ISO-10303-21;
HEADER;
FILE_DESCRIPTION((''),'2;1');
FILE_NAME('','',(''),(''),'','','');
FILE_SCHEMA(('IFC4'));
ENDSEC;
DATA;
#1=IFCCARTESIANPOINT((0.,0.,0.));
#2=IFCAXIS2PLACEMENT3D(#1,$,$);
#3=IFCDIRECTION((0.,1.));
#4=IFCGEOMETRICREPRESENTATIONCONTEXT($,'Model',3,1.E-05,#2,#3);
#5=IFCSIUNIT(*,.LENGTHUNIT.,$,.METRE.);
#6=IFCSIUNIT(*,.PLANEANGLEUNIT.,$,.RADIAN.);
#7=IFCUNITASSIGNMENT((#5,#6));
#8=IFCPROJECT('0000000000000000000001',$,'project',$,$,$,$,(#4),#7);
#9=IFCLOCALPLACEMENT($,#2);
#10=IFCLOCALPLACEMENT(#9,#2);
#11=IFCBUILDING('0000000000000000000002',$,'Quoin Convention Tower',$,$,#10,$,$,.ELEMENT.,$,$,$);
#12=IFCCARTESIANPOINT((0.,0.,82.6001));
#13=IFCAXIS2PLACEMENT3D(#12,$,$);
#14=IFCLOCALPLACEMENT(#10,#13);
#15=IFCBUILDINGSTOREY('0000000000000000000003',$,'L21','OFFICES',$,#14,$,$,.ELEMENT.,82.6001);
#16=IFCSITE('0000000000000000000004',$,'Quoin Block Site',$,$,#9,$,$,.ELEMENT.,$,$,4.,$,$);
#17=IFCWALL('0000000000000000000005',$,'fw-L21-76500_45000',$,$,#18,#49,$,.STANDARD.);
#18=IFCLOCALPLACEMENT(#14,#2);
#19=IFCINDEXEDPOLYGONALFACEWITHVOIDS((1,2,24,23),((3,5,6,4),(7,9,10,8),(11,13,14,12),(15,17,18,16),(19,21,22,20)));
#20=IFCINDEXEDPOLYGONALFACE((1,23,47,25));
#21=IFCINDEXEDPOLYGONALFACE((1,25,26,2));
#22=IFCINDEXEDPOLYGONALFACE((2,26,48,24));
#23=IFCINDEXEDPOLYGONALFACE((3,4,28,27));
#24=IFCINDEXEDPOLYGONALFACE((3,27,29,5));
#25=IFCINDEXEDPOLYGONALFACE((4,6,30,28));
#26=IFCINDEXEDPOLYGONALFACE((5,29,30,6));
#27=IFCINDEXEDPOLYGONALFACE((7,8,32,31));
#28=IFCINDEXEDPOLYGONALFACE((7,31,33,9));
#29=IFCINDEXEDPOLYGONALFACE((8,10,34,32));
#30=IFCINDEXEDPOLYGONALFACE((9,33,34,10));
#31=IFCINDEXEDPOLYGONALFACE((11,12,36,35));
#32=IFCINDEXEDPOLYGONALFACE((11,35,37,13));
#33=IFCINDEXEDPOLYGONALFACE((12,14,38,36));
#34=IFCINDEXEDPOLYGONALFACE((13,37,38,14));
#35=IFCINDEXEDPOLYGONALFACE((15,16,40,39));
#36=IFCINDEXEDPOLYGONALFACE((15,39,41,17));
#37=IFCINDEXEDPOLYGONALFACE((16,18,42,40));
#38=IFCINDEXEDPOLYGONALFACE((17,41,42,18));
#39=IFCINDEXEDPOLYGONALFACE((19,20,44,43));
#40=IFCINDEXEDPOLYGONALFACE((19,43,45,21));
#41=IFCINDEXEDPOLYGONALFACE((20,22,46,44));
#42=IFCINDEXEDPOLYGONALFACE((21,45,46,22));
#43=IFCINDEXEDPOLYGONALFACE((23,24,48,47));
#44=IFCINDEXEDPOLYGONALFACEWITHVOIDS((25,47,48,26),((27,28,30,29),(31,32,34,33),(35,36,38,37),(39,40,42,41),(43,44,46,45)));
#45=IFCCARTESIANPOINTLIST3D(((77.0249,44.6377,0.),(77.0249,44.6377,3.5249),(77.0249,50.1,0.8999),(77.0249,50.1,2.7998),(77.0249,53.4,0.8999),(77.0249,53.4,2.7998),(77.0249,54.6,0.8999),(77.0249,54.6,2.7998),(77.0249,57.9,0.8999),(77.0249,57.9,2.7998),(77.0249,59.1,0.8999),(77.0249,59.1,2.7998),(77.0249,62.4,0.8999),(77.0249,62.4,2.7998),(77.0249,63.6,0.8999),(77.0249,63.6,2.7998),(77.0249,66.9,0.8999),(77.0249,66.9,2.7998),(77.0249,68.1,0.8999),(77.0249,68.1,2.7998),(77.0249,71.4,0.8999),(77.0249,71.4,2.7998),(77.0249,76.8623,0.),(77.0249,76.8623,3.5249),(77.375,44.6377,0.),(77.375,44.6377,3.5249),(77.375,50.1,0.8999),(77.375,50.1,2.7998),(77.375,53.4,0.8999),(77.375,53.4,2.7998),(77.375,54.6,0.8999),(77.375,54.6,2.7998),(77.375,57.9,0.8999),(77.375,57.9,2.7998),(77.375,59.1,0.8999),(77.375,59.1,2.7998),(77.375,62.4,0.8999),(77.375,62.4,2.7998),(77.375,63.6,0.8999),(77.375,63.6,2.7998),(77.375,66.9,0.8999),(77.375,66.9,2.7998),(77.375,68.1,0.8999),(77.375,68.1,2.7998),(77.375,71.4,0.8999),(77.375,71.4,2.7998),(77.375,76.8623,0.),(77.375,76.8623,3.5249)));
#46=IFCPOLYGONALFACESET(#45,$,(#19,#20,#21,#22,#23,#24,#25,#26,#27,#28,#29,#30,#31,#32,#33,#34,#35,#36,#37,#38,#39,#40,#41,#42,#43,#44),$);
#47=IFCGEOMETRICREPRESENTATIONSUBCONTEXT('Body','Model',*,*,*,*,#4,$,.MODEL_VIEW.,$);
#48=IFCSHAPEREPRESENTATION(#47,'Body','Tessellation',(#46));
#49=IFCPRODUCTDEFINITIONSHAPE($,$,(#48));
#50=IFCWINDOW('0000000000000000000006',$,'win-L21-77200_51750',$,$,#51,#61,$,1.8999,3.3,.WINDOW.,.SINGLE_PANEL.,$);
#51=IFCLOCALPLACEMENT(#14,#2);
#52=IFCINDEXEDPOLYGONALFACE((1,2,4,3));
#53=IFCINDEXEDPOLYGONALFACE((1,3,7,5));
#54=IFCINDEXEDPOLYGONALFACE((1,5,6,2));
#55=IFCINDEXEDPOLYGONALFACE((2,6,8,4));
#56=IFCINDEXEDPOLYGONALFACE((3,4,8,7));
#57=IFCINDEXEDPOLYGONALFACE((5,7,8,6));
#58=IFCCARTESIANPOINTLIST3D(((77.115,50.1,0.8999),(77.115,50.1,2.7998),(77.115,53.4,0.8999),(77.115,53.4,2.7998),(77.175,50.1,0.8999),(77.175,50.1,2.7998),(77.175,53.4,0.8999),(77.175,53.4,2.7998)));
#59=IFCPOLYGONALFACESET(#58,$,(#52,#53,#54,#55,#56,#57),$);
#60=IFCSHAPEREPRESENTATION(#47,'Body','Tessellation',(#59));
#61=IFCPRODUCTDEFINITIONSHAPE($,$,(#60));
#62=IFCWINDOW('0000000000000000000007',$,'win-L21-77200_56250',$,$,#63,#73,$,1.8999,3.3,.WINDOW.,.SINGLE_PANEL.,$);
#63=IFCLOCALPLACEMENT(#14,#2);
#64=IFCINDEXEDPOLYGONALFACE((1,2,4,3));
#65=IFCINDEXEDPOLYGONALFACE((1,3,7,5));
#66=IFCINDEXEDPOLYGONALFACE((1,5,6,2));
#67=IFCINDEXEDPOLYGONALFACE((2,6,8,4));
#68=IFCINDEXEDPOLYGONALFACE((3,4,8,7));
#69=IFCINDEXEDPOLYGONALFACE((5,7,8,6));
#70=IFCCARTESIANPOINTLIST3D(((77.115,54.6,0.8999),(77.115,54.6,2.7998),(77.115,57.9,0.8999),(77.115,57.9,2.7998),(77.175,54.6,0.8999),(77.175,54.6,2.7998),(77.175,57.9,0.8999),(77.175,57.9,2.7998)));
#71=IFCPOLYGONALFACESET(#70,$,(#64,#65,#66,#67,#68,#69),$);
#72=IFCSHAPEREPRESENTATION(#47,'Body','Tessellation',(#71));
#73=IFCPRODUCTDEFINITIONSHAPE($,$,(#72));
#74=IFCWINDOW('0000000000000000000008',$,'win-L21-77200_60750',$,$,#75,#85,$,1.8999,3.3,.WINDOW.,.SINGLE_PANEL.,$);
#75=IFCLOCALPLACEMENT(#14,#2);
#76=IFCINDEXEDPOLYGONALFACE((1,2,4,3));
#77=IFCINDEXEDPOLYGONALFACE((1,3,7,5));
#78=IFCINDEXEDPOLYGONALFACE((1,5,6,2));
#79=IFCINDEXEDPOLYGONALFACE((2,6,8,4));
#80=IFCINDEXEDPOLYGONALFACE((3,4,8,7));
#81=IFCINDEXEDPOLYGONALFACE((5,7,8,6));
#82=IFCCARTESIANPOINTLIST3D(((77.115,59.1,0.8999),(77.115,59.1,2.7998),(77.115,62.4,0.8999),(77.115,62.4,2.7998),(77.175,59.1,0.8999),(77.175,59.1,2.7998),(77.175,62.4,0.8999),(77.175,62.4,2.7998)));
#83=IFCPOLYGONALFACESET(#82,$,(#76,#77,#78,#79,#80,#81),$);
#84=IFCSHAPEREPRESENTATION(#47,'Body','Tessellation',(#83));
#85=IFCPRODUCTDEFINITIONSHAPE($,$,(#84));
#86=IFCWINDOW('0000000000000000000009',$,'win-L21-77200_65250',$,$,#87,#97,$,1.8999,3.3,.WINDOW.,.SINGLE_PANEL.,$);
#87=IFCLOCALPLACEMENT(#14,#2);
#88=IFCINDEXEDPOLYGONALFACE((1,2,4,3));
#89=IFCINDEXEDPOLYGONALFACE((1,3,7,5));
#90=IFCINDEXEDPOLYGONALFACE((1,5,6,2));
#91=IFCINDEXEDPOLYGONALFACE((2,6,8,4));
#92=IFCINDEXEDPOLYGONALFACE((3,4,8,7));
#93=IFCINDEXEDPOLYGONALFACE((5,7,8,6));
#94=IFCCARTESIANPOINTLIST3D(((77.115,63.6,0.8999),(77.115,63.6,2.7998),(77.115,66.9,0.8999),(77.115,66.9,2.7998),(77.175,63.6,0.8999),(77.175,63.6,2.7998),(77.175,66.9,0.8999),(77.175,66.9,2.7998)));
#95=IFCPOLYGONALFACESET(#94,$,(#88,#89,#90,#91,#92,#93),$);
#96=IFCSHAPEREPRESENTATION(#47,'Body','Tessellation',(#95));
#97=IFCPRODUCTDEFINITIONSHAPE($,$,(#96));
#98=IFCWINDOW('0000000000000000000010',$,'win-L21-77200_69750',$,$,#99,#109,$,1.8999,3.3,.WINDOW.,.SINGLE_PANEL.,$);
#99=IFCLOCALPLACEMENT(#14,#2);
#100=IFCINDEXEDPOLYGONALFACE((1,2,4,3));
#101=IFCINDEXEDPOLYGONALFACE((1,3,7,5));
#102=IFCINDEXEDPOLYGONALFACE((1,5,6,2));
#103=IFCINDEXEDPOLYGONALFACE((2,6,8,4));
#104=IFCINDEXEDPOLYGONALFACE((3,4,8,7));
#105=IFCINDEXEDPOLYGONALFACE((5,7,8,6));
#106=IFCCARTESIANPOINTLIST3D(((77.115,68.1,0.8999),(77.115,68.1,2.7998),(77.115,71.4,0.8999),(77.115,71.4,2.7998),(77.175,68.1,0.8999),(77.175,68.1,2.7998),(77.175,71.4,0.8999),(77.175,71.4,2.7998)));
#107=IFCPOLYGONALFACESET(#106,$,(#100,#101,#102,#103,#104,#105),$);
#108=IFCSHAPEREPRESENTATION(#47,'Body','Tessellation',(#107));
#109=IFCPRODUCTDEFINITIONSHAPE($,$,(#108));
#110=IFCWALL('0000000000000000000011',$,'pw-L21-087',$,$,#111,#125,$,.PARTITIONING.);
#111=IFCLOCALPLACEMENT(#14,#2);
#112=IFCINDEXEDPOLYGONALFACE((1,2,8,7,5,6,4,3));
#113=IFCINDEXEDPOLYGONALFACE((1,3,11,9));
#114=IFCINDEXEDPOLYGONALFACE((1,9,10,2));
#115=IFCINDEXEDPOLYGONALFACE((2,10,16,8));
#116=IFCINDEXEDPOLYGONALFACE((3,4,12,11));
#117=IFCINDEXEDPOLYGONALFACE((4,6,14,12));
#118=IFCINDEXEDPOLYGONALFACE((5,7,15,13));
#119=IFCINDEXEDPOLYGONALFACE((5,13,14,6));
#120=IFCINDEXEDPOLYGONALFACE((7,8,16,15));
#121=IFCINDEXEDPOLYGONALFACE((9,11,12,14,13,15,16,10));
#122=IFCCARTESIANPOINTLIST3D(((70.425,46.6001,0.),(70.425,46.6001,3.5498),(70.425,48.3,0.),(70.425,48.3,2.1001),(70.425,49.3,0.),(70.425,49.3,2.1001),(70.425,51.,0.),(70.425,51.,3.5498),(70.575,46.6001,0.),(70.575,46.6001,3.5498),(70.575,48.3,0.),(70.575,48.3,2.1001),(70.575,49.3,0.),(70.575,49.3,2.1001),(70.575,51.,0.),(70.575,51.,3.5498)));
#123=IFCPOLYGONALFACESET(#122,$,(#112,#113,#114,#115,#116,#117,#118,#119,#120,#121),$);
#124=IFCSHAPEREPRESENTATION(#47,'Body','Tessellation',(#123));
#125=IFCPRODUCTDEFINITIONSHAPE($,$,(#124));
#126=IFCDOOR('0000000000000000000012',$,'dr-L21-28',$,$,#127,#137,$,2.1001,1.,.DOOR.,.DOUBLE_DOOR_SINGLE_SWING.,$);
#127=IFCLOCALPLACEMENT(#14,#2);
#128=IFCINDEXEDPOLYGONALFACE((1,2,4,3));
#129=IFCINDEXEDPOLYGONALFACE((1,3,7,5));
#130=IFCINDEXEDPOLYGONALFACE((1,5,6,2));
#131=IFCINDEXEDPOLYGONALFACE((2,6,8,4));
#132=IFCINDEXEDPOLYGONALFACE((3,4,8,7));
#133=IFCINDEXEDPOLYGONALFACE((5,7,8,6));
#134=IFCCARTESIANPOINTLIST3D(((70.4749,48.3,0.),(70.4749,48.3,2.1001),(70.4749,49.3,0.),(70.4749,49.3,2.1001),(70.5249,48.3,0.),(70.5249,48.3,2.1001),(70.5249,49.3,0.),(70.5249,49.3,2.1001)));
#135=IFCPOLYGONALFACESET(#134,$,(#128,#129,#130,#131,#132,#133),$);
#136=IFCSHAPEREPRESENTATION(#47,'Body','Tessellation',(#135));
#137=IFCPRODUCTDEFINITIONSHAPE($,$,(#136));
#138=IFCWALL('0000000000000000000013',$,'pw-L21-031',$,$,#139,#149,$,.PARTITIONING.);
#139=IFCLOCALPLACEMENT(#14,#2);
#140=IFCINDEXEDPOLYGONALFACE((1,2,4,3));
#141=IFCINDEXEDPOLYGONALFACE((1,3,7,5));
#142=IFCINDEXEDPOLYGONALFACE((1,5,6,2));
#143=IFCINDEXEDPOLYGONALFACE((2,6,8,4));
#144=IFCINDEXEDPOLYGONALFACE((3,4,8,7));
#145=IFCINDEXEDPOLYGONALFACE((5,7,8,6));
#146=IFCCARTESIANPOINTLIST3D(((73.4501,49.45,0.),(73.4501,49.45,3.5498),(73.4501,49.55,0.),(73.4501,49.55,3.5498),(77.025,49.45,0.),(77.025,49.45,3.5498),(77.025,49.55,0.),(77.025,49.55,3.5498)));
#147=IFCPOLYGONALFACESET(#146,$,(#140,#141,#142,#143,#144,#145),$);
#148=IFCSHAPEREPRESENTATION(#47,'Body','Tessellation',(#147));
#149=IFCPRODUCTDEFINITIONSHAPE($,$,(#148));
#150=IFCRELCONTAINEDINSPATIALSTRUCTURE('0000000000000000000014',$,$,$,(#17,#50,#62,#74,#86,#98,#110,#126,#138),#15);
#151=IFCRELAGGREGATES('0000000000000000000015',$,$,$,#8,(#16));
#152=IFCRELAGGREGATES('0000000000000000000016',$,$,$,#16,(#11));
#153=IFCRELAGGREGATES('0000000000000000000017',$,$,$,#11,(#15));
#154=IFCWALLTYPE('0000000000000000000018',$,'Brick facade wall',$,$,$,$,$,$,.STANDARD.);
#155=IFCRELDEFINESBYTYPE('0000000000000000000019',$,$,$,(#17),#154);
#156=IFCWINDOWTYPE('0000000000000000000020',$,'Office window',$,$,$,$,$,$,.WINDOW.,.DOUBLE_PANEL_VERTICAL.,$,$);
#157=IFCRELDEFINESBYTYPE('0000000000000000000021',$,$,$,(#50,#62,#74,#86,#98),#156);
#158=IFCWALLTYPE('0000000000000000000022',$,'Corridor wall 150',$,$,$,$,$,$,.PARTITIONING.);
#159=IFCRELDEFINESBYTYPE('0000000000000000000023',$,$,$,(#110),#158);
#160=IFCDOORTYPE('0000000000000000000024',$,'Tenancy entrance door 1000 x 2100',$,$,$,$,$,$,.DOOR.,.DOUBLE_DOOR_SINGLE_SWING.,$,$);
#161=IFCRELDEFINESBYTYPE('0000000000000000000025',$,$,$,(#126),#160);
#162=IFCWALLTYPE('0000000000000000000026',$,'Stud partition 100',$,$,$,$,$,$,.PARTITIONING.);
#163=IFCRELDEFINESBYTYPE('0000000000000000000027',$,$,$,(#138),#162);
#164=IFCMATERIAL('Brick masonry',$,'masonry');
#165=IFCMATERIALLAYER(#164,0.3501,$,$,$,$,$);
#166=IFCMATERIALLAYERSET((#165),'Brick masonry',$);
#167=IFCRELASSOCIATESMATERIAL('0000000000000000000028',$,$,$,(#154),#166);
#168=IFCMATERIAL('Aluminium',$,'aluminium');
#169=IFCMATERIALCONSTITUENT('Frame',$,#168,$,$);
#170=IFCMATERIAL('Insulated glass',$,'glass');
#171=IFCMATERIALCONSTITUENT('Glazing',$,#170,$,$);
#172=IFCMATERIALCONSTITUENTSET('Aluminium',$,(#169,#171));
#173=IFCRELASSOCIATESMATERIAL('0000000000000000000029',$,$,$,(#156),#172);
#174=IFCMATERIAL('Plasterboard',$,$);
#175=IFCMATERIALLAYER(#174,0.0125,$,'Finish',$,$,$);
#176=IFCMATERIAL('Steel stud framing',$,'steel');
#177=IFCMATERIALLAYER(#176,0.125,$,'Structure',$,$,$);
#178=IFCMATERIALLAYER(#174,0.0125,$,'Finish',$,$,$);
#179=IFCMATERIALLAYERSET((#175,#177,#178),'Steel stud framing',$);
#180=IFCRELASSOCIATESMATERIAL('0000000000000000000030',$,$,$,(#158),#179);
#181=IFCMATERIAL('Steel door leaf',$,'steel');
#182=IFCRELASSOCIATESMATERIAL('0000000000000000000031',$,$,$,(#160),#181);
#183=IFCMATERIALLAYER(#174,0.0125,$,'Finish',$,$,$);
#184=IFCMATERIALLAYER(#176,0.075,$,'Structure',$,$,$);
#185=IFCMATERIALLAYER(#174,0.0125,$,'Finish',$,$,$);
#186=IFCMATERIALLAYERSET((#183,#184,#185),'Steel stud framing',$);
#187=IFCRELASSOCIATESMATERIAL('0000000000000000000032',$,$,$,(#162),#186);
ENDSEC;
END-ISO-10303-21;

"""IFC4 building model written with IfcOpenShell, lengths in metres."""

from ifc_helpers import new_model, si_unit, direction, frame, frame_2d, origin, place, context, subcontext, project, spatial, rectangle, extrude, material, layer, layer_set, constituent, constituent_set, type_object, element, fill, save


model = new_model("IFC4")

# Units and contexts
model_context = context("Model", 3, precision=1e-05, world=origin(), true_north=direction((0.0, 1.0)))
body_context = subcontext(model_context, "Body", "Model", "MODEL_VIEW")
ifc_project = project(units=[si_unit("LENGTHUNIT", "METRE"), si_unit("PLANEANGLEUNIT", "RADIAN")], contexts=[model_context])

# Site, building, storey
site_placement = place(None, origin())
site = spatial("IfcSite", under=ifc_project, at=site_placement, Name="Quoin Block Site", CompositionType="ELEMENT", RefElevation=4.0)
building_placement = place(site_placement, origin())
building = spatial("IfcBuilding", under=site, at=building_placement, Name="Quoin Convention Tower", CompositionType="ELEMENT")
storey_placement = place(building_placement, frame((0.0, 0.0, 82.6001)))
storey = spatial("IfcBuildingStorey", under=building, at=storey_placement, Name="L21", Description="OFFICES", CompositionType="ELEMENT", Elevation=82.6001)

# Wall, openings, windows
ifc_material_1 = material(Name="Brick masonry", Category="masonry")
ifc_layer_1 = layer(ifc_material_1, 0.3501)
ifc_layer_set_1 = layer_set([ifc_layer_1], Name="Brick masonry")
wall_type_1 = type_object("IfcWallType", Name="Brick facade wall", PredefinedType="STANDARD", material=ifc_layer_set_1)
wall_1_placement = place(storey_placement, frame((77.2, 44.6377, 0.0), z_axis=(0.0, 0.0, 1.0), x_axis=(0.0, 1.0, 0.0)))
wall_1 = element("IfcWall", 1, at=wall_1_placement, inside=storey, type_object=wall_type_1, Name="fw-L21-76500_45000", PredefinedType="STANDARD", context=body_context, shape_type="SweptSolid", body=[
    extrude(rectangle(XDim=32.2246, YDim=0.3501, at=frame_2d((16.1123, 0.0))), origin(), (0.0, 0.0, 1.0), 3.5249),
])
opening_1_placement = place(wall_1_placement, frame((5.4624, 0.0, 0.8999)))
opening_1 = element("IfcOpeningElement", 2, at=opening_1_placement, cuts=wall_1, PredefinedType="OPENING", context=body_context, shape_type="SweptSolid", body=[
    extrude(rectangle(XDim=3.3, YDim=1.8999, at=frame_2d((1.6499, 0.95))), frame((0.0, 0.1851, 0.0), z_axis=(0.0, -1.0, 0.0), x_axis=(1.0, 0.0, 0.0)), (0.0, 0.0, 1.0), 0.3701),
])
opening_2_placement = place(wall_1_placement, frame((9.9624, 0.0, 0.8999)))
opening_2 = element("IfcOpeningElement", 3, at=opening_2_placement, cuts=wall_1, PredefinedType="OPENING", context=body_context, shape_type="SweptSolid", body=[
    extrude(rectangle(XDim=3.3, YDim=1.8999, at=frame_2d((1.6499, 0.95))), frame((0.0, 0.1851, 0.0), z_axis=(0.0, -1.0, 0.0), x_axis=(1.0, 0.0, 0.0)), (0.0, 0.0, 1.0), 0.3701),
])
opening_3_placement = place(wall_1_placement, frame((14.4624, 0.0, 0.8999)))
opening_3 = element("IfcOpeningElement", 4, at=opening_3_placement, cuts=wall_1, PredefinedType="OPENING", context=body_context, shape_type="SweptSolid", body=[
    extrude(rectangle(XDim=3.3, YDim=1.8999, at=frame_2d((1.6499, 0.95))), frame((0.0, 0.1851, 0.0), z_axis=(0.0, -1.0, 0.0), x_axis=(1.0, 0.0, 0.0)), (0.0, 0.0, 1.0), 0.3701),
])
opening_4_placement = place(wall_1_placement, frame((18.9624, 0.0, 0.8999)))
opening_4 = element("IfcOpeningElement", 5, at=opening_4_placement, cuts=wall_1, PredefinedType="OPENING", context=body_context, shape_type="SweptSolid", body=[
    extrude(rectangle(XDim=3.3, YDim=1.8999, at=frame_2d((1.6499, 0.95))), frame((0.0, 0.1851, 0.0), z_axis=(0.0, -1.0, 0.0), x_axis=(1.0, 0.0, 0.0)), (0.0, 0.0, 1.0), 0.3701),
])
opening_5_placement = place(wall_1_placement, frame((23.4624, 0.0, 0.8999)))
opening_5 = element("IfcOpeningElement", 6, at=opening_5_placement, cuts=wall_1, PredefinedType="OPENING", context=body_context, shape_type="SweptSolid", body=[
    extrude(rectangle(XDim=3.3, YDim=1.8999, at=frame_2d((1.6499, 0.95))), frame((0.0, 0.1851, 0.0), z_axis=(0.0, -1.0, 0.0), x_axis=(1.0, 0.0, 0.0)), (0.0, 0.0, 1.0), 0.3701),
])
ifc_material_2 = material(Name="Aluminium", Category="aluminium")
ifc_constituent_1 = constituent(ifc_material_2, Name="Frame")
ifc_material_3 = material(Name="Insulated glass", Category="glass")
ifc_constituent_2 = constituent(ifc_material_3, Name="Glazing")
ifc_constituent_set = constituent_set(constituents=[ifc_constituent_1, ifc_constituent_2], Name="Aluminium")
window_type = type_object("IfcWindowType", Name="Office window", PartitioningType="DOUBLE_PANEL_VERTICAL", PredefinedType="WINDOW", material=ifc_constituent_set)
window_1_placement = place(opening_1_placement, origin())
window_1 = element("IfcWindow", 7, at=window_1_placement, inside=storey, type_object=window_type, Name="win-L21-77200_51750", OverallHeight=1.8999, OverallWidth=3.3, PartitioningType="SINGLE_PANEL", PredefinedType="WINDOW", context=body_context, shape_type="SweptSolid", body=[
    extrude(rectangle(XDim=3.3, YDim=1.8999, at=frame_2d((1.6499, 0.95))), frame((0.0, 0.085, 0.0), z_axis=(0.0, -1.0, 0.0), x_axis=(1.0, 0.0, 0.0)), (0.0, 0.0, 1.0), 0.0601),
])
fill(opening_1, window_1)
window_2_placement = place(opening_2_placement, origin())
window_2 = element("IfcWindow", 8, at=window_2_placement, inside=storey, type_object=window_type, Name="win-L21-77200_56250", OverallHeight=1.8999, OverallWidth=3.3, PartitioningType="SINGLE_PANEL", PredefinedType="WINDOW", context=body_context, shape_type="SweptSolid", body=[
    extrude(rectangle(XDim=3.3, YDim=1.8999, at=frame_2d((1.6499, 0.95))), frame((0.0, 0.085, 0.0), z_axis=(0.0, -1.0, 0.0), x_axis=(1.0, 0.0, 0.0)), (0.0, 0.0, 1.0), 0.0601),
])
fill(opening_2, window_2)
window_3_placement = place(opening_3_placement, origin())
window_3 = element("IfcWindow", 9, at=window_3_placement, inside=storey, type_object=window_type, Name="win-L21-77200_60750", OverallHeight=1.8999, OverallWidth=3.3, PartitioningType="SINGLE_PANEL", PredefinedType="WINDOW", context=body_context, shape_type="SweptSolid", body=[
    extrude(rectangle(XDim=3.3, YDim=1.8999, at=frame_2d((1.6499, 0.95))), frame((0.0, 0.085, 0.0), z_axis=(0.0, -1.0, 0.0), x_axis=(1.0, 0.0, 0.0)), (0.0, 0.0, 1.0), 0.0601),
])
fill(opening_3, window_3)
window_4_placement = place(opening_4_placement, origin())
window_4 = element("IfcWindow", 10, at=window_4_placement, inside=storey, type_object=window_type, Name="win-L21-77200_65250", OverallHeight=1.8999, OverallWidth=3.3, PartitioningType="SINGLE_PANEL", PredefinedType="WINDOW", context=body_context, shape_type="SweptSolid", body=[
    extrude(rectangle(XDim=3.3, YDim=1.8999, at=frame_2d((1.6499, 0.95))), frame((0.0, 0.085, 0.0), z_axis=(0.0, -1.0, 0.0), x_axis=(1.0, 0.0, 0.0)), (0.0, 0.0, 1.0), 0.0601),
])
fill(opening_4, window_4)
window_5_placement = place(opening_5_placement, origin())
window_5 = element("IfcWindow", 11, at=window_5_placement, inside=storey, type_object=window_type, Name="win-L21-77200_69750", OverallHeight=1.8999, OverallWidth=3.3, PartitioningType="SINGLE_PANEL", PredefinedType="WINDOW", context=body_context, shape_type="SweptSolid", body=[
    extrude(rectangle(XDim=3.3, YDim=1.8999, at=frame_2d((1.6499, 0.95))), frame((0.0, 0.085, 0.0), z_axis=(0.0, -1.0, 0.0), x_axis=(1.0, 0.0, 0.0)), (0.0, 0.0, 1.0), 0.0601),
])
fill(opening_5, window_5)

# Wall, opening, door
ifc_material_4 = material(Name="Plasterboard")
ifc_layer_2 = layer(ifc_material_4, 0.0125, Name="Finish")
ifc_material_5 = material(Name="Steel stud framing", Category="steel")
ifc_layer_3 = layer(ifc_material_5, 0.125, Name="Structure")
ifc_layer_4 = layer(ifc_material_4, 0.0125, Name="Finish")
ifc_layer_set_2 = layer_set([ifc_layer_2, ifc_layer_3, ifc_layer_4], Name="Steel stud framing")
wall_type_2 = type_object("IfcWallType", Name="Corridor wall 150", PredefinedType="PARTITIONING", material=ifc_layer_set_2)
wall_2_placement = place(storey_placement, frame((70.5, 46.6001, 0.0), z_axis=(0.0, 0.0, 1.0), x_axis=(0.0, 1.0, 0.0)))
wall_2 = element("IfcWall", 12, at=wall_2_placement, inside=storey, type_object=wall_type_2, Name="pw-L21-087", PredefinedType="PARTITIONING", context=body_context, shape_type="SweptSolid", body=[
    extrude(rectangle(XDim=4.3999, YDim=0.1499, at=frame_2d((2.2, 0.0))), origin(), (0.0, 0.0, 1.0), 3.5498),
])
opening_6_placement = place(wall_2_placement, frame((1.7, 0.0, 0.0)))
opening_6 = element("IfcOpeningElement", 13, at=opening_6_placement, cuts=wall_2, PredefinedType="OPENING", context=body_context, shape_type="SweptSolid", body=[
    extrude(rectangle(XDim=1.0, YDim=2.1001, at=frame_2d((0.5, 1.05))), frame((0.0, 0.085, 0.0), z_axis=(0.0, -1.0, 0.0), x_axis=(1.0, 0.0, 0.0)), (0.0, 0.0, 1.0), 0.1699),
])
ifc_material_6 = material(Name="Steel door leaf", Category="steel")
door_type_1 = type_object("IfcDoorType", Name="Tenancy entrance door 1000 x 2100", OperationType="DOUBLE_DOOR_SINGLE_SWING", PredefinedType="DOOR", material=ifc_material_6)
door_1_placement = place(opening_6_placement, frame((1.0, 0.0, 0.0), z_axis=(0.0, 0.0, 1.0), x_axis=(-1.0, 0.0, 0.0)))
door_1 = element("IfcDoor", 14, at=door_1_placement, inside=storey, type_object=door_type_1, Name="dr-L21-28", OperationType="DOUBLE_DOOR_SINGLE_SWING", OverallHeight=2.1001, OverallWidth=1.0, PredefinedType="DOOR", context=body_context, shape_type="SweptSolid", body=[
    extrude(rectangle(XDim=1.0, YDim=2.1001, at=frame_2d((0.5, 1.05))), frame((0.0, 0.0249, 0.0), z_axis=(0.0, -1.0, 0.0), x_axis=(1.0, 0.0, 0.0)), (0.0, 0.0, 1.0), 0.05),
])
fill(opening_6, door_1)

# Wall
ifc_layer_5 = layer(ifc_material_4, 0.0125, Name="Finish")
ifc_layer_6 = layer(ifc_material_5, 0.075, Name="Structure")
ifc_layer_7 = layer(ifc_material_4, 0.0125, Name="Finish")
ifc_layer_set_3 = layer_set([ifc_layer_5, ifc_layer_6, ifc_layer_7], Name="Steel stud framing")
wall_type_3 = type_object("IfcWallType", Name="Stud partition 100", PredefinedType="PARTITIONING", material=ifc_layer_set_3)
wall_3_placement = place(storey_placement, frame((73.45, 49.5, 0.0), z_axis=(0.0, 0.0, 1.0), x_axis=(1.0, 0.0, 0.0)))
element("IfcWall", 15, at=wall_3_placement, inside=storey, type_object=wall_type_3, Name="pw-L21-031", PredefinedType="PARTITIONING", context=body_context, shape_type="SweptSolid", body=[
    extrude(rectangle(XDim=3.575, YDim=0.1001, at=frame_2d((1.7876, 0.0))), origin(), (0.0, 0.0, 1.0), 3.5498),
])

save(model, "model.ifc")
